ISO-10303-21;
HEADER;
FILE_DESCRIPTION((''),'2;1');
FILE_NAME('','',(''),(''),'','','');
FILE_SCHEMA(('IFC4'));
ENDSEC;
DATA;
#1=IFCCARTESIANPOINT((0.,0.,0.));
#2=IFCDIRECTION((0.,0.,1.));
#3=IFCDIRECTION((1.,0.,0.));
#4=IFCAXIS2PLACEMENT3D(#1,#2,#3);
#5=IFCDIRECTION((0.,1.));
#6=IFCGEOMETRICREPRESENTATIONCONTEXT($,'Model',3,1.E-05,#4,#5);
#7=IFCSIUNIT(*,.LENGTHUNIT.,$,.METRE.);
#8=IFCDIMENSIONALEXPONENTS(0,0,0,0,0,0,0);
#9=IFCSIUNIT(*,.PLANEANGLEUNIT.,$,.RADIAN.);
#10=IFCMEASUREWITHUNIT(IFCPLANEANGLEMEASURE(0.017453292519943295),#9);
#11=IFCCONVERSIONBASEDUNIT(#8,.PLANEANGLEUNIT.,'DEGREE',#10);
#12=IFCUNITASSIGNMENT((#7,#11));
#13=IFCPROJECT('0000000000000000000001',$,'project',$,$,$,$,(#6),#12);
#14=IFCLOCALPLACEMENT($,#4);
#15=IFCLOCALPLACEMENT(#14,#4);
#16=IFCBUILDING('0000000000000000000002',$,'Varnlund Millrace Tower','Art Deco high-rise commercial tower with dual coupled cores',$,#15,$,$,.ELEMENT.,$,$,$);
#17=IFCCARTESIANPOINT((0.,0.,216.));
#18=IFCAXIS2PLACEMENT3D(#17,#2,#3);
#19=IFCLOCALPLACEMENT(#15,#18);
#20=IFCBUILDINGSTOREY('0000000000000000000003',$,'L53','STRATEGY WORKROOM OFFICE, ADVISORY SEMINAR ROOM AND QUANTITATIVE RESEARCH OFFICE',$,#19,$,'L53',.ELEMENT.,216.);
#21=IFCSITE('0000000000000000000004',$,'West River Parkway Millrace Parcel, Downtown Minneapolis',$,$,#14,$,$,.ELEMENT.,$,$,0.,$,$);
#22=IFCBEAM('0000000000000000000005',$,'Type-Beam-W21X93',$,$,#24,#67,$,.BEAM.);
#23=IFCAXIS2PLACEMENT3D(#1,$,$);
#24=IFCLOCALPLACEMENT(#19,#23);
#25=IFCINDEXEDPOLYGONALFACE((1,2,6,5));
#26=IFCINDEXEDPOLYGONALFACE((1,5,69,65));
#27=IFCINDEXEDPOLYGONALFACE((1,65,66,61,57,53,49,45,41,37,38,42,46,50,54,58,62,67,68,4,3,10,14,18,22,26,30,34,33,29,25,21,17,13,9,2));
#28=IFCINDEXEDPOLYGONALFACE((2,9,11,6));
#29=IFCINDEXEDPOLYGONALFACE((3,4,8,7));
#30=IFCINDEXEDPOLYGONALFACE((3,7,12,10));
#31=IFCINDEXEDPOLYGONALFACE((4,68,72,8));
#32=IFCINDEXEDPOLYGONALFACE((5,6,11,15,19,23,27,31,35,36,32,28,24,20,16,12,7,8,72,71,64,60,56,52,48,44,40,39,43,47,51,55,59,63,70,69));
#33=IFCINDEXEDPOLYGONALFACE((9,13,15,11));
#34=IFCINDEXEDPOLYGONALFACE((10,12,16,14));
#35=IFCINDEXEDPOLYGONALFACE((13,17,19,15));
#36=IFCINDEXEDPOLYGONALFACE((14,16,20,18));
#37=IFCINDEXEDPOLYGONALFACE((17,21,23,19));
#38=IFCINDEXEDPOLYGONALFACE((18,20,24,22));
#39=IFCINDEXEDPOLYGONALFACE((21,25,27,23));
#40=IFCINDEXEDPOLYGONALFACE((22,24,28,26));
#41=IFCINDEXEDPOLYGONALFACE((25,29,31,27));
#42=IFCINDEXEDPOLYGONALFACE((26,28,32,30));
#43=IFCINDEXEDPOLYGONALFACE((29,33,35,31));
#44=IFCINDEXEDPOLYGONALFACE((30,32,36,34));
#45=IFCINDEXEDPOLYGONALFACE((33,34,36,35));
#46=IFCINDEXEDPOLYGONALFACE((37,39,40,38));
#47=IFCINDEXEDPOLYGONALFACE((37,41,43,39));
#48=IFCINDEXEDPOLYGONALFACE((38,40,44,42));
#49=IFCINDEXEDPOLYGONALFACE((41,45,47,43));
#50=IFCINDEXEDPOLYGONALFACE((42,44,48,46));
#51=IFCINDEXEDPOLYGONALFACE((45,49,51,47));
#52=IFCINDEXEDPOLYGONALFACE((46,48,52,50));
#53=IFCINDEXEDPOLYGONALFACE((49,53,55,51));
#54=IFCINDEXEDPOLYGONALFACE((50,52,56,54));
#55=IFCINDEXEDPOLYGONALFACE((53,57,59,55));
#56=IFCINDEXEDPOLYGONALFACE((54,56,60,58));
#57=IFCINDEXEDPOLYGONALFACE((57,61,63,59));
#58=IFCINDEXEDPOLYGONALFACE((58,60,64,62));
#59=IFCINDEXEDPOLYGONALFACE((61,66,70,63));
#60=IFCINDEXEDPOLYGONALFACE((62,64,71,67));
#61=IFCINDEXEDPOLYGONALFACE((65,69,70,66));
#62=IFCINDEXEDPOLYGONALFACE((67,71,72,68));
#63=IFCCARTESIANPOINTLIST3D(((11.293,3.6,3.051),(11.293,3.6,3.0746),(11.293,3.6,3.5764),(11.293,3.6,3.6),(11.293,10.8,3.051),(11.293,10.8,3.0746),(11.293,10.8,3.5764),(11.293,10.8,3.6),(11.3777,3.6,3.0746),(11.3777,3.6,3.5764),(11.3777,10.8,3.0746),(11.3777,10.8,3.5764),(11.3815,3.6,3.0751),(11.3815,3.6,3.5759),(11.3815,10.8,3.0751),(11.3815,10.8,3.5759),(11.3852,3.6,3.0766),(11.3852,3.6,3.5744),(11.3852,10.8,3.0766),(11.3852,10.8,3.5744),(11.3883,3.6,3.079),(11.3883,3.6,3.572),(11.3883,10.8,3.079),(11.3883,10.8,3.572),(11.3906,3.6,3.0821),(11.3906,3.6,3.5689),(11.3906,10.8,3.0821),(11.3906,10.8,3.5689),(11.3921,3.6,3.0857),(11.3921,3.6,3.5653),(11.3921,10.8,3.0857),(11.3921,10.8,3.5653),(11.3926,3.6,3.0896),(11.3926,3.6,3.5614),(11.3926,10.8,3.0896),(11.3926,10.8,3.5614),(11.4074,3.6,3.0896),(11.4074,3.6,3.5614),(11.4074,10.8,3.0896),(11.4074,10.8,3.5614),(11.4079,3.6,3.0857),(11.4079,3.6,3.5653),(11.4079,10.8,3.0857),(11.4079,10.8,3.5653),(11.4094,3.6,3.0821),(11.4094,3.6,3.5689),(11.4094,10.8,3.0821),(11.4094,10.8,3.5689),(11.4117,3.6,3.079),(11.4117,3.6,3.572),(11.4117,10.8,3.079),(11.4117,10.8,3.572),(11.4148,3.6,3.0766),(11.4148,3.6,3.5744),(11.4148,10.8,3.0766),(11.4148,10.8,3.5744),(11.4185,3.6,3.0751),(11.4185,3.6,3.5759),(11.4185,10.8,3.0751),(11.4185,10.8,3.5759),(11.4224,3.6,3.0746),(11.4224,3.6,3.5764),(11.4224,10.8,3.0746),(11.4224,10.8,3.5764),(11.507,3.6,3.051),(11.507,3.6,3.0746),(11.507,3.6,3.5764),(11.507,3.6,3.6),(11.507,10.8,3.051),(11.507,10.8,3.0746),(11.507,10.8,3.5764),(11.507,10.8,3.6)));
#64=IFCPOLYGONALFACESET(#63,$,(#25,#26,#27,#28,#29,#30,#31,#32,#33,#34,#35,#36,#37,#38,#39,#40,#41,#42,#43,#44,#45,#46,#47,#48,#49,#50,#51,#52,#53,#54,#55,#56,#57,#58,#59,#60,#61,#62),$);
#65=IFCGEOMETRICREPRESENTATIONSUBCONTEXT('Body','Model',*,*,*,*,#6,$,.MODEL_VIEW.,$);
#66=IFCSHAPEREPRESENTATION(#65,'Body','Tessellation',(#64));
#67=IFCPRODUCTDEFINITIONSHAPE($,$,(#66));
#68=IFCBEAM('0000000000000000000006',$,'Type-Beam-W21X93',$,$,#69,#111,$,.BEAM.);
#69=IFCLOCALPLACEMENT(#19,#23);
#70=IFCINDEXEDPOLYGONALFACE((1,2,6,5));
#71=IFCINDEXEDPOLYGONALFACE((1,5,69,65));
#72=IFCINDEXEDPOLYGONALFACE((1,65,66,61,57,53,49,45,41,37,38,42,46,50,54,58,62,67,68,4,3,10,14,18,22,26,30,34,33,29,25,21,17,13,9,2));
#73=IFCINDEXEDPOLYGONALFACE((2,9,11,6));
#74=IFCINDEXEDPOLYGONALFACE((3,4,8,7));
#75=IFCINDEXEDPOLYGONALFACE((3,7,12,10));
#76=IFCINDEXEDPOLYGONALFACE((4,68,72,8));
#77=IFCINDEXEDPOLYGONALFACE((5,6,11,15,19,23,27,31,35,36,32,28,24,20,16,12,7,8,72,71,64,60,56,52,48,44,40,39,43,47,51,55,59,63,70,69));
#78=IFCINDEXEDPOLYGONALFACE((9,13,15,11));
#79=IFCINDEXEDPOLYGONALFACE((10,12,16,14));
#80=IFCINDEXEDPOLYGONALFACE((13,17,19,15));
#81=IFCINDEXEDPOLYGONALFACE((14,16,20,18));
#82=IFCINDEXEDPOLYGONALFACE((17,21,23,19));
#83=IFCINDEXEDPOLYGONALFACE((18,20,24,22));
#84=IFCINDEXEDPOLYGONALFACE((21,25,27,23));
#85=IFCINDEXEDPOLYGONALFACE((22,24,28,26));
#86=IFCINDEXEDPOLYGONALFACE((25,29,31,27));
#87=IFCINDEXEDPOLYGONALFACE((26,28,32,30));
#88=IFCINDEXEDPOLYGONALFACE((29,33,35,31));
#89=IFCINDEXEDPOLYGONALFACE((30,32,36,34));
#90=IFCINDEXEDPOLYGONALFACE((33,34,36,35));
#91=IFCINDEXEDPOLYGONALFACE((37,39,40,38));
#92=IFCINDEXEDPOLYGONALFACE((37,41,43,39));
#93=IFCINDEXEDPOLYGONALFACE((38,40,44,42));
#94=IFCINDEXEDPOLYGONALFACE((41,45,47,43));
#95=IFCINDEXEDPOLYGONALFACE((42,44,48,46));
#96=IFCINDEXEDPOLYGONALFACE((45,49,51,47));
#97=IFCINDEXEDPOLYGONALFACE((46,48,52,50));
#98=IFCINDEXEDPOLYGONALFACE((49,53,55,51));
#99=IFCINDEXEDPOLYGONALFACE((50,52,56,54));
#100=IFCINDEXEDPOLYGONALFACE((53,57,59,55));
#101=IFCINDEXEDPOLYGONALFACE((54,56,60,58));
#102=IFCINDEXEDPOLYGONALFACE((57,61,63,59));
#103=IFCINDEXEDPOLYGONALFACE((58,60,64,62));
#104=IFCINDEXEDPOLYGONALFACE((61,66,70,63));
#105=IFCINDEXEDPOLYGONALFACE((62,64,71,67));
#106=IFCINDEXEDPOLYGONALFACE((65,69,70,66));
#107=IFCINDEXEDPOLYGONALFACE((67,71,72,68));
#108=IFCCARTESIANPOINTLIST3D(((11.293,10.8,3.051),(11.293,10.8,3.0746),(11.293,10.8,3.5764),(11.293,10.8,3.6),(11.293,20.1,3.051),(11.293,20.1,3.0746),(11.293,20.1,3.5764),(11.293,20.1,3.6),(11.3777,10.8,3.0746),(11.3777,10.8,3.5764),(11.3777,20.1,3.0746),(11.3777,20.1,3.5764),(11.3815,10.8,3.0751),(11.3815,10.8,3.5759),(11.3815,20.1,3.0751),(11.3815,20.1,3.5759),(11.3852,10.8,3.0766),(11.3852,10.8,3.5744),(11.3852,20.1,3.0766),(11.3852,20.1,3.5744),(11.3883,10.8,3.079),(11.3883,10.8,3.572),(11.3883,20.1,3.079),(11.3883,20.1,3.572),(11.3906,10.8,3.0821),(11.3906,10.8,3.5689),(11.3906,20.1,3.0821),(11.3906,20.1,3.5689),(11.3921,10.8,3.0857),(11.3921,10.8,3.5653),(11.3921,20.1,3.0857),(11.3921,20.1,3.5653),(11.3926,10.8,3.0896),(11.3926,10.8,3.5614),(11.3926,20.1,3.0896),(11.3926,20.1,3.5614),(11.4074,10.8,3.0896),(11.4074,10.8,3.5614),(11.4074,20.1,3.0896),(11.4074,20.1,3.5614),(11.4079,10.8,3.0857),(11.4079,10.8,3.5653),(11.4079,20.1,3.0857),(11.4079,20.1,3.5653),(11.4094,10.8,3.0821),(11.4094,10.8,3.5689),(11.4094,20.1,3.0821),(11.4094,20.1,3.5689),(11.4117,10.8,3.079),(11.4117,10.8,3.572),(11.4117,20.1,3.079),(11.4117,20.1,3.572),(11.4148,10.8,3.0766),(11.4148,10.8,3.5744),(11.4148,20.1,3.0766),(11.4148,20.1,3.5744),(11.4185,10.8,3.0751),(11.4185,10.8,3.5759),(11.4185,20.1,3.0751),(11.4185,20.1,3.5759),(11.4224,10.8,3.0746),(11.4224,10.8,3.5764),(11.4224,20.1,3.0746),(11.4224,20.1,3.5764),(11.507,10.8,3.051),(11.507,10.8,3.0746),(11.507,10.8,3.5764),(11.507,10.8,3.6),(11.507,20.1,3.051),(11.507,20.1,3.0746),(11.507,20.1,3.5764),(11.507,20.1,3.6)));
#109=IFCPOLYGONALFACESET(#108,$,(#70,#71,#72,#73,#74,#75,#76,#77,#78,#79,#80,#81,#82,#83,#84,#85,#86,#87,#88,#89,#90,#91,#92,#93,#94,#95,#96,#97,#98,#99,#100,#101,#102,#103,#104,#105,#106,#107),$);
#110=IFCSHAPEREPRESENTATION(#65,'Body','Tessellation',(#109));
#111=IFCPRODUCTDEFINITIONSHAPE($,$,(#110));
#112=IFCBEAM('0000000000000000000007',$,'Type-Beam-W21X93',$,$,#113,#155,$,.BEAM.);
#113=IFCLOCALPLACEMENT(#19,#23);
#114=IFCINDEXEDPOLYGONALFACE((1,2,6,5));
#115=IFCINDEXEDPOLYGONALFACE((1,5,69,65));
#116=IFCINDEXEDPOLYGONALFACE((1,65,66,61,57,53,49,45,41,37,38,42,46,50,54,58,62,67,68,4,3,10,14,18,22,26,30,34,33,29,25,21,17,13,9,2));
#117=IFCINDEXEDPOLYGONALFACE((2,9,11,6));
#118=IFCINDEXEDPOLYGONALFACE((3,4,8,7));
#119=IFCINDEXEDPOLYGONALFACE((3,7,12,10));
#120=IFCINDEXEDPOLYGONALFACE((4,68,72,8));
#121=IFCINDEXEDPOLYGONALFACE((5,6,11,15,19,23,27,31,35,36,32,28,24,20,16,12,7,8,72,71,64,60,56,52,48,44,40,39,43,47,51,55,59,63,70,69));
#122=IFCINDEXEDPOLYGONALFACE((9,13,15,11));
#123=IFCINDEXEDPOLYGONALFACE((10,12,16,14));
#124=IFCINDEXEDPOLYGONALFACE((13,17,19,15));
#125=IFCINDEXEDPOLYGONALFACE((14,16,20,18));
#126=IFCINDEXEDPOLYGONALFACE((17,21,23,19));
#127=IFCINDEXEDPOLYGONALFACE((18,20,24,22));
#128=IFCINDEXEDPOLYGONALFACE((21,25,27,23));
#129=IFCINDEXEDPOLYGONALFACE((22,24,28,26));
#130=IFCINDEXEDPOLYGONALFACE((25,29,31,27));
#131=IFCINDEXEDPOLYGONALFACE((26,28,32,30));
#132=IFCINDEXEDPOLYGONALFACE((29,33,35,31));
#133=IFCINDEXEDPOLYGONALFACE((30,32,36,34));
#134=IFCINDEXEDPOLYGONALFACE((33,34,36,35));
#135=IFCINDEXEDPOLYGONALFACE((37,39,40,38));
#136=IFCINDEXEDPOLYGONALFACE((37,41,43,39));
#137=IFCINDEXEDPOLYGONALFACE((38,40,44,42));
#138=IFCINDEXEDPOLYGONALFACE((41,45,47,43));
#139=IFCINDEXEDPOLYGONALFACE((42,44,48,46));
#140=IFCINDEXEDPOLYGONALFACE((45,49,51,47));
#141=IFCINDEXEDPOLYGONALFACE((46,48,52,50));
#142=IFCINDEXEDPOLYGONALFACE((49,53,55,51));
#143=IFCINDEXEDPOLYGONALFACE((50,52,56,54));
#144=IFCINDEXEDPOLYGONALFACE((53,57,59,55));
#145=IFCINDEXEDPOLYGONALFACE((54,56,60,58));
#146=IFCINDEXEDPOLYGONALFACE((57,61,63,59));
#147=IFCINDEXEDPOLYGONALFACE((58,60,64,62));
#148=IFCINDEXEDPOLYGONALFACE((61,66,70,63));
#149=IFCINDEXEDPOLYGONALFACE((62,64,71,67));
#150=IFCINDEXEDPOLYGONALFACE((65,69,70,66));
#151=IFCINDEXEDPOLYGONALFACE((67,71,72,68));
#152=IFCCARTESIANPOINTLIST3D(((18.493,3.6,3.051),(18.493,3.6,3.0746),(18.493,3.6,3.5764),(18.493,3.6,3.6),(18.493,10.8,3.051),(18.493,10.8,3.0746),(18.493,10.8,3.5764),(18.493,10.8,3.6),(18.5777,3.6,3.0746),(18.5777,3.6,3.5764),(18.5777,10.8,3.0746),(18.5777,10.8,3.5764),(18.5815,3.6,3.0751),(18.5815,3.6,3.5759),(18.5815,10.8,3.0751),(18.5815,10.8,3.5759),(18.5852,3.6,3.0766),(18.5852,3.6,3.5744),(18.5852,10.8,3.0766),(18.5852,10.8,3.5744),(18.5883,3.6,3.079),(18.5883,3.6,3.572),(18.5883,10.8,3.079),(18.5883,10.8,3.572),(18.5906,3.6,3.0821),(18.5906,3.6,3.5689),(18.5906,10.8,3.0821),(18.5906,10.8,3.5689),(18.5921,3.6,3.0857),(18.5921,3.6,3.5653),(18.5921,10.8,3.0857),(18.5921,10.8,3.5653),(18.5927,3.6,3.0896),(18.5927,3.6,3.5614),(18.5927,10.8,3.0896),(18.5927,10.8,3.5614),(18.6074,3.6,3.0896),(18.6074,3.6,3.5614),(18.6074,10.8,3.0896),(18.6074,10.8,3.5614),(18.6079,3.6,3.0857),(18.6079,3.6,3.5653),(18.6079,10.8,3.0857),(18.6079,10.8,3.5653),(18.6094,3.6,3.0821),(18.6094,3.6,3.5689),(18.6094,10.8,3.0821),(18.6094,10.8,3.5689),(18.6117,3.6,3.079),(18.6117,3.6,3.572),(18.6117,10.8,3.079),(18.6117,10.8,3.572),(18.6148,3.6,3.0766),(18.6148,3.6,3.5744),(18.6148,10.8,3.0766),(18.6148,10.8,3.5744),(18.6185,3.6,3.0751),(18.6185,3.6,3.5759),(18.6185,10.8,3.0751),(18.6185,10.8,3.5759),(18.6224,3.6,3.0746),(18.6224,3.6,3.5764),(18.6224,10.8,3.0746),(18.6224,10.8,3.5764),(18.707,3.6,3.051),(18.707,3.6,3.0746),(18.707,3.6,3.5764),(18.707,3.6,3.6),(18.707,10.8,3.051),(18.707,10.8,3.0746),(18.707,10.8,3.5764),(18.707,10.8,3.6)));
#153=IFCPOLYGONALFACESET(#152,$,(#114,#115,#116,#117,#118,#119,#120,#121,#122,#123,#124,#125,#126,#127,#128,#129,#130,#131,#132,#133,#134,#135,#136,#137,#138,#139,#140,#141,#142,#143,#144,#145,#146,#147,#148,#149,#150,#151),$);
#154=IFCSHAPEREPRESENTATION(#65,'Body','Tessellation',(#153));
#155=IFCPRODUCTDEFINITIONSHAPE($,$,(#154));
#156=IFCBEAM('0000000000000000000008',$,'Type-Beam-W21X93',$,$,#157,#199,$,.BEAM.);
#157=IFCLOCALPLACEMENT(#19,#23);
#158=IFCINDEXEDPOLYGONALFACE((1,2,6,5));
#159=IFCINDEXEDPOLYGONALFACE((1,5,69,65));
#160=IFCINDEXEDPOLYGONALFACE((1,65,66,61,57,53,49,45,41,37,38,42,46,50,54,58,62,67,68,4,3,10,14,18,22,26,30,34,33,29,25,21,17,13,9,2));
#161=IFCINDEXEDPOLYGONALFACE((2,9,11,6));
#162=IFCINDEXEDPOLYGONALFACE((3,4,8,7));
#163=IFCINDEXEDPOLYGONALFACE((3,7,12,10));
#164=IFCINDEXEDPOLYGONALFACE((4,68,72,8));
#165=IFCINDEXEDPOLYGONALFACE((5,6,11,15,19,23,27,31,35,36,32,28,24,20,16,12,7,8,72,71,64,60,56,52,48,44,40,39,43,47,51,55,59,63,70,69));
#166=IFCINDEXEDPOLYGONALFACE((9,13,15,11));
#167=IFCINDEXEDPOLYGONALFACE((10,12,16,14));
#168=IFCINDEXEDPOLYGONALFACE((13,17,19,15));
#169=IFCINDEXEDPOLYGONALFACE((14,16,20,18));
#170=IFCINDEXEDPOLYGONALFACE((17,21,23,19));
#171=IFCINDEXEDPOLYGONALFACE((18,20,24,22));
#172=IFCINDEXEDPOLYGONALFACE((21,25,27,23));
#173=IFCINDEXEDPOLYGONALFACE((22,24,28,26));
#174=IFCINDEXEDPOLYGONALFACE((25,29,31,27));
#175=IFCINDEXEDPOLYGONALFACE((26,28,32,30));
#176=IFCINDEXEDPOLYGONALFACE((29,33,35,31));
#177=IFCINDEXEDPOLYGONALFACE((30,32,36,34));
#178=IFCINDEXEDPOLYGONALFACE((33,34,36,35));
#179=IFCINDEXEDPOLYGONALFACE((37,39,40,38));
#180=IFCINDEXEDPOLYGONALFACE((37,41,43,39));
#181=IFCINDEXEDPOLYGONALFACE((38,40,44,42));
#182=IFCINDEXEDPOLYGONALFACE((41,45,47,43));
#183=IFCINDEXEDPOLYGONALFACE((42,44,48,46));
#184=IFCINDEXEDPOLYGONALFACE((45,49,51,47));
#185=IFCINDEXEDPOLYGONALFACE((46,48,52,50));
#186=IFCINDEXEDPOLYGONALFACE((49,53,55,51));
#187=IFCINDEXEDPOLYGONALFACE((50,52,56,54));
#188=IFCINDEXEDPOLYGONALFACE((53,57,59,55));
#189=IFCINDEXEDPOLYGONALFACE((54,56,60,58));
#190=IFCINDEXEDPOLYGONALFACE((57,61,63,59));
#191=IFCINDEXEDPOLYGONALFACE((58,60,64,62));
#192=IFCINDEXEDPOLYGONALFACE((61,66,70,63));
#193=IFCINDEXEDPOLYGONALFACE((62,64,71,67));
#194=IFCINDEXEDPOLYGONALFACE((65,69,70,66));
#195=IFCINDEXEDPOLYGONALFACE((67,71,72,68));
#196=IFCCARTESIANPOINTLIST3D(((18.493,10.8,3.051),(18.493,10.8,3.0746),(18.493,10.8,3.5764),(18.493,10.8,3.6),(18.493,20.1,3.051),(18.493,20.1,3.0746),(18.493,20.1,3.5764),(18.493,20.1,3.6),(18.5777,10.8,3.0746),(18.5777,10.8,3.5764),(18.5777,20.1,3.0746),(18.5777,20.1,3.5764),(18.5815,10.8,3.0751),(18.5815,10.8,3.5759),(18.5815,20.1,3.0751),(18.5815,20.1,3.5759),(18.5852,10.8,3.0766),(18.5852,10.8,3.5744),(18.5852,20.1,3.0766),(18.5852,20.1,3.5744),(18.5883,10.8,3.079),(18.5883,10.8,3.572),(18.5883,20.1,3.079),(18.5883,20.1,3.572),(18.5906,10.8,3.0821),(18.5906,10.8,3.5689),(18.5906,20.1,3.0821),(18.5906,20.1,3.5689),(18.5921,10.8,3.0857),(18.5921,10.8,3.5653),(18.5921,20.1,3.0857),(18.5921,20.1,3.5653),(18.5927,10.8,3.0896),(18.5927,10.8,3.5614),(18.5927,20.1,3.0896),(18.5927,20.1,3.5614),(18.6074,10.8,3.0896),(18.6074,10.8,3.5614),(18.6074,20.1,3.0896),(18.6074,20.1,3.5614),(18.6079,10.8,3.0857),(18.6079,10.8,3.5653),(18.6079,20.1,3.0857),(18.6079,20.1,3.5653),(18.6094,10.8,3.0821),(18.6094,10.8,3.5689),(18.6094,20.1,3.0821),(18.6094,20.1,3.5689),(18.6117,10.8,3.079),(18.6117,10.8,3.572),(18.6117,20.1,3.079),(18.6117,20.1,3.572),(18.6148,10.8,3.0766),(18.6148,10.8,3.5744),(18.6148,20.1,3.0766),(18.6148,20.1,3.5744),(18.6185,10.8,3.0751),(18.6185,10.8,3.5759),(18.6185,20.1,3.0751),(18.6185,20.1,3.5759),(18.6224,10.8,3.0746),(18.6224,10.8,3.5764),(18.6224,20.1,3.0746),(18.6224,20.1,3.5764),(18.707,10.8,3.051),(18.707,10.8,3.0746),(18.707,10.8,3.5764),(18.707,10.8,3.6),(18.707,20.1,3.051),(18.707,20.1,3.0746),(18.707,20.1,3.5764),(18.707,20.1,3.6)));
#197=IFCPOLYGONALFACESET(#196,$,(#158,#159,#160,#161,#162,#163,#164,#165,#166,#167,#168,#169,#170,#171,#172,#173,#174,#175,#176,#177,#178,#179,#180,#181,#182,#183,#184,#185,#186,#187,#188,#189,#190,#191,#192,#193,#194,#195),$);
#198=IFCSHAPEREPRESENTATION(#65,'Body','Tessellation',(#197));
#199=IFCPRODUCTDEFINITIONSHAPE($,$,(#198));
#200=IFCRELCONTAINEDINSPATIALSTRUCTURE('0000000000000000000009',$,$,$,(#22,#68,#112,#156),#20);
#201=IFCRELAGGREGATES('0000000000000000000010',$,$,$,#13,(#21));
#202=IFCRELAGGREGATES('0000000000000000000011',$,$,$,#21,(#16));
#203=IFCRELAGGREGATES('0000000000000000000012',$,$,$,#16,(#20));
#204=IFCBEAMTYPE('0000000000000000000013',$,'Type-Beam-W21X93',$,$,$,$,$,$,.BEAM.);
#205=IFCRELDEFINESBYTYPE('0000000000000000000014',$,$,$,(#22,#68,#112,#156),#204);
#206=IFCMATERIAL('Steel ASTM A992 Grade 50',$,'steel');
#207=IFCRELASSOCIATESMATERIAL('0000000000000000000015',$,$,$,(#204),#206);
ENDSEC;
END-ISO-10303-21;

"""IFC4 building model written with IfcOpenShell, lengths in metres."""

from ifc_helpers import new_model, entity, si_unit, converted_unit, direction, frame, origin_with_axes, origin_2d_with_axis, place, context, subcontext, project, spatial, i_section, extrude, material, material_profile, profile_set, type_object, element, save


model = new_model("IFC4")

# Units and contexts
model_context = context("Model", 3, precision=1e-05, world=origin_with_axes(), true_north=direction((0.0, 1.0)))
body_context = subcontext(model_context, "Body", "Model", "MODEL_VIEW")
ifc_project = project(units=[si_unit("LENGTHUNIT", "METRE"), converted_unit("PLANEANGLEUNIT", "DEGREE", entity("IfcPlaneAngleMeasure", 0.017453292519943295), si_unit("PLANEANGLEUNIT", "RADIAN"), dimensions=[0, 0, 0, 0, 0, 0, 0])], contexts=[model_context])

# Site, building, storey
site_placement = place(None, origin_with_axes())
site = spatial("IfcSite", under=ifc_project, at=site_placement, Name="West River Parkway Millrace Parcel, Downtown Minneapolis", CompositionType="ELEMENT", RefElevation=0.0)
building_placement = place(site_placement, origin_with_axes())
building = spatial("IfcBuilding", under=site, at=building_placement, Name="Varnlund Millrace Tower", Description="Art Deco high-rise commercial tower with dual coupled cores", CompositionType="ELEMENT")
storey_placement = place(building_placement, frame((0.0, 0.0, 216.0), z_axis=(0.0, 0.0, 1.0), x_axis=(1.0, 0.0, 0.0)))
storey = spatial("IfcBuildingStorey", under=building, at=storey_placement, Name="L53", Description="STRATEGY WORKROOM OFFICE, ADVISORY SEMINAR ROOM AND QUANTITATIVE RESEARCH OFFICE", LongName="L53", CompositionType="ELEMENT", Elevation=216.0)

# Beams
ifc_material_1 = material(Name="Steel ASTM A992 Grade 50", Category="steel")
ifc_material_profile_1 = material_profile(ifc_material_1, i_section(OverallWidth=0.214, OverallDepth=0.549, WebThickness=0.0147, FlangeThickness=0.0236, FilletRadius=0.015, at=origin_2d_with_axis()), Name="Steel ASTM A992 Grade 50")
ifc_profile_set_1 = profile_set([ifc_material_profile_1], Name="Steel ASTM A992 Grade 50")
beam_type_1 = type_object("IfcBeamType", Name="Type-Beam-W21X93", PredefinedType="BEAM", material=ifc_profile_set_1)
beam_1_placement = place(storey_placement, frame((11.4, 3.6, 3.3255), z_axis=(0.0, 1.0, 0.0), x_axis=(-1.0, 0.0, 0.0)))
element("IfcBeam", 1, at=beam_1_placement, inside=storey, type_object=beam_type_1, Name="Type-Beam-W21X93", PredefinedType="BEAM", context=body_context, shape_type="SweptSolid", body=[
    extrude(i_section(OverallWidth=0.214, OverallDepth=0.549, WebThickness=0.0147, FlangeThickness=0.0236, FilletRadius=0.015, at=origin_2d_with_axis()), origin_with_axes(), (0.0, 0.0, 1.0), 7.2),
])
beam_2_placement = place(storey_placement, frame((11.4, 10.8, 3.3255), z_axis=(0.0, 1.0, 0.0), x_axis=(-1.0, 0.0, 0.0)))
element("IfcBeam", 2, at=beam_2_placement, inside=storey, type_object=beam_type_1, Name="Type-Beam-W21X93", PredefinedType="BEAM", context=body_context, shape_type="SweptSolid", body=[
    extrude(i_section(OverallWidth=0.214, OverallDepth=0.549, WebThickness=0.0147, FlangeThickness=0.0236, FilletRadius=0.015, at=origin_2d_with_axis()), origin_with_axes(), (0.0, 0.0, 1.0), 9.3),
])
beam_3_placement = place(storey_placement, frame((18.6, 3.6, 3.3255), z_axis=(0.0, 1.0, 0.0), x_axis=(-1.0, 0.0, 0.0)))
element("IfcBeam", 3, at=beam_3_placement, inside=storey, type_object=beam_type_1, Name="Type-Beam-W21X93", PredefinedType="BEAM", context=body_context, shape_type="SweptSolid", body=[
    extrude(i_section(OverallWidth=0.214, OverallDepth=0.549, WebThickness=0.0147, FlangeThickness=0.0236, FilletRadius=0.015, at=origin_2d_with_axis()), origin_with_axes(), (0.0, 0.0, 1.0), 7.2),
])
beam_4_placement = place(storey_placement, frame((18.6, 10.8, 3.3255), z_axis=(0.0, 1.0, 0.0), x_axis=(-1.0, 0.0, 0.0)))
element("IfcBeam", 4, at=beam_4_placement, inside=storey, type_object=beam_type_1, Name="Type-Beam-W21X93", PredefinedType="BEAM", context=body_context, shape_type="SweptSolid", body=[
    extrude(i_section(OverallWidth=0.214, OverallDepth=0.549, WebThickness=0.0147, FlangeThickness=0.0236, FilletRadius=0.015, at=origin_2d_with_axis()), origin_with_axes(), (0.0, 0.0, 1.0), 9.3),
])

save(model, "model.ifc")
